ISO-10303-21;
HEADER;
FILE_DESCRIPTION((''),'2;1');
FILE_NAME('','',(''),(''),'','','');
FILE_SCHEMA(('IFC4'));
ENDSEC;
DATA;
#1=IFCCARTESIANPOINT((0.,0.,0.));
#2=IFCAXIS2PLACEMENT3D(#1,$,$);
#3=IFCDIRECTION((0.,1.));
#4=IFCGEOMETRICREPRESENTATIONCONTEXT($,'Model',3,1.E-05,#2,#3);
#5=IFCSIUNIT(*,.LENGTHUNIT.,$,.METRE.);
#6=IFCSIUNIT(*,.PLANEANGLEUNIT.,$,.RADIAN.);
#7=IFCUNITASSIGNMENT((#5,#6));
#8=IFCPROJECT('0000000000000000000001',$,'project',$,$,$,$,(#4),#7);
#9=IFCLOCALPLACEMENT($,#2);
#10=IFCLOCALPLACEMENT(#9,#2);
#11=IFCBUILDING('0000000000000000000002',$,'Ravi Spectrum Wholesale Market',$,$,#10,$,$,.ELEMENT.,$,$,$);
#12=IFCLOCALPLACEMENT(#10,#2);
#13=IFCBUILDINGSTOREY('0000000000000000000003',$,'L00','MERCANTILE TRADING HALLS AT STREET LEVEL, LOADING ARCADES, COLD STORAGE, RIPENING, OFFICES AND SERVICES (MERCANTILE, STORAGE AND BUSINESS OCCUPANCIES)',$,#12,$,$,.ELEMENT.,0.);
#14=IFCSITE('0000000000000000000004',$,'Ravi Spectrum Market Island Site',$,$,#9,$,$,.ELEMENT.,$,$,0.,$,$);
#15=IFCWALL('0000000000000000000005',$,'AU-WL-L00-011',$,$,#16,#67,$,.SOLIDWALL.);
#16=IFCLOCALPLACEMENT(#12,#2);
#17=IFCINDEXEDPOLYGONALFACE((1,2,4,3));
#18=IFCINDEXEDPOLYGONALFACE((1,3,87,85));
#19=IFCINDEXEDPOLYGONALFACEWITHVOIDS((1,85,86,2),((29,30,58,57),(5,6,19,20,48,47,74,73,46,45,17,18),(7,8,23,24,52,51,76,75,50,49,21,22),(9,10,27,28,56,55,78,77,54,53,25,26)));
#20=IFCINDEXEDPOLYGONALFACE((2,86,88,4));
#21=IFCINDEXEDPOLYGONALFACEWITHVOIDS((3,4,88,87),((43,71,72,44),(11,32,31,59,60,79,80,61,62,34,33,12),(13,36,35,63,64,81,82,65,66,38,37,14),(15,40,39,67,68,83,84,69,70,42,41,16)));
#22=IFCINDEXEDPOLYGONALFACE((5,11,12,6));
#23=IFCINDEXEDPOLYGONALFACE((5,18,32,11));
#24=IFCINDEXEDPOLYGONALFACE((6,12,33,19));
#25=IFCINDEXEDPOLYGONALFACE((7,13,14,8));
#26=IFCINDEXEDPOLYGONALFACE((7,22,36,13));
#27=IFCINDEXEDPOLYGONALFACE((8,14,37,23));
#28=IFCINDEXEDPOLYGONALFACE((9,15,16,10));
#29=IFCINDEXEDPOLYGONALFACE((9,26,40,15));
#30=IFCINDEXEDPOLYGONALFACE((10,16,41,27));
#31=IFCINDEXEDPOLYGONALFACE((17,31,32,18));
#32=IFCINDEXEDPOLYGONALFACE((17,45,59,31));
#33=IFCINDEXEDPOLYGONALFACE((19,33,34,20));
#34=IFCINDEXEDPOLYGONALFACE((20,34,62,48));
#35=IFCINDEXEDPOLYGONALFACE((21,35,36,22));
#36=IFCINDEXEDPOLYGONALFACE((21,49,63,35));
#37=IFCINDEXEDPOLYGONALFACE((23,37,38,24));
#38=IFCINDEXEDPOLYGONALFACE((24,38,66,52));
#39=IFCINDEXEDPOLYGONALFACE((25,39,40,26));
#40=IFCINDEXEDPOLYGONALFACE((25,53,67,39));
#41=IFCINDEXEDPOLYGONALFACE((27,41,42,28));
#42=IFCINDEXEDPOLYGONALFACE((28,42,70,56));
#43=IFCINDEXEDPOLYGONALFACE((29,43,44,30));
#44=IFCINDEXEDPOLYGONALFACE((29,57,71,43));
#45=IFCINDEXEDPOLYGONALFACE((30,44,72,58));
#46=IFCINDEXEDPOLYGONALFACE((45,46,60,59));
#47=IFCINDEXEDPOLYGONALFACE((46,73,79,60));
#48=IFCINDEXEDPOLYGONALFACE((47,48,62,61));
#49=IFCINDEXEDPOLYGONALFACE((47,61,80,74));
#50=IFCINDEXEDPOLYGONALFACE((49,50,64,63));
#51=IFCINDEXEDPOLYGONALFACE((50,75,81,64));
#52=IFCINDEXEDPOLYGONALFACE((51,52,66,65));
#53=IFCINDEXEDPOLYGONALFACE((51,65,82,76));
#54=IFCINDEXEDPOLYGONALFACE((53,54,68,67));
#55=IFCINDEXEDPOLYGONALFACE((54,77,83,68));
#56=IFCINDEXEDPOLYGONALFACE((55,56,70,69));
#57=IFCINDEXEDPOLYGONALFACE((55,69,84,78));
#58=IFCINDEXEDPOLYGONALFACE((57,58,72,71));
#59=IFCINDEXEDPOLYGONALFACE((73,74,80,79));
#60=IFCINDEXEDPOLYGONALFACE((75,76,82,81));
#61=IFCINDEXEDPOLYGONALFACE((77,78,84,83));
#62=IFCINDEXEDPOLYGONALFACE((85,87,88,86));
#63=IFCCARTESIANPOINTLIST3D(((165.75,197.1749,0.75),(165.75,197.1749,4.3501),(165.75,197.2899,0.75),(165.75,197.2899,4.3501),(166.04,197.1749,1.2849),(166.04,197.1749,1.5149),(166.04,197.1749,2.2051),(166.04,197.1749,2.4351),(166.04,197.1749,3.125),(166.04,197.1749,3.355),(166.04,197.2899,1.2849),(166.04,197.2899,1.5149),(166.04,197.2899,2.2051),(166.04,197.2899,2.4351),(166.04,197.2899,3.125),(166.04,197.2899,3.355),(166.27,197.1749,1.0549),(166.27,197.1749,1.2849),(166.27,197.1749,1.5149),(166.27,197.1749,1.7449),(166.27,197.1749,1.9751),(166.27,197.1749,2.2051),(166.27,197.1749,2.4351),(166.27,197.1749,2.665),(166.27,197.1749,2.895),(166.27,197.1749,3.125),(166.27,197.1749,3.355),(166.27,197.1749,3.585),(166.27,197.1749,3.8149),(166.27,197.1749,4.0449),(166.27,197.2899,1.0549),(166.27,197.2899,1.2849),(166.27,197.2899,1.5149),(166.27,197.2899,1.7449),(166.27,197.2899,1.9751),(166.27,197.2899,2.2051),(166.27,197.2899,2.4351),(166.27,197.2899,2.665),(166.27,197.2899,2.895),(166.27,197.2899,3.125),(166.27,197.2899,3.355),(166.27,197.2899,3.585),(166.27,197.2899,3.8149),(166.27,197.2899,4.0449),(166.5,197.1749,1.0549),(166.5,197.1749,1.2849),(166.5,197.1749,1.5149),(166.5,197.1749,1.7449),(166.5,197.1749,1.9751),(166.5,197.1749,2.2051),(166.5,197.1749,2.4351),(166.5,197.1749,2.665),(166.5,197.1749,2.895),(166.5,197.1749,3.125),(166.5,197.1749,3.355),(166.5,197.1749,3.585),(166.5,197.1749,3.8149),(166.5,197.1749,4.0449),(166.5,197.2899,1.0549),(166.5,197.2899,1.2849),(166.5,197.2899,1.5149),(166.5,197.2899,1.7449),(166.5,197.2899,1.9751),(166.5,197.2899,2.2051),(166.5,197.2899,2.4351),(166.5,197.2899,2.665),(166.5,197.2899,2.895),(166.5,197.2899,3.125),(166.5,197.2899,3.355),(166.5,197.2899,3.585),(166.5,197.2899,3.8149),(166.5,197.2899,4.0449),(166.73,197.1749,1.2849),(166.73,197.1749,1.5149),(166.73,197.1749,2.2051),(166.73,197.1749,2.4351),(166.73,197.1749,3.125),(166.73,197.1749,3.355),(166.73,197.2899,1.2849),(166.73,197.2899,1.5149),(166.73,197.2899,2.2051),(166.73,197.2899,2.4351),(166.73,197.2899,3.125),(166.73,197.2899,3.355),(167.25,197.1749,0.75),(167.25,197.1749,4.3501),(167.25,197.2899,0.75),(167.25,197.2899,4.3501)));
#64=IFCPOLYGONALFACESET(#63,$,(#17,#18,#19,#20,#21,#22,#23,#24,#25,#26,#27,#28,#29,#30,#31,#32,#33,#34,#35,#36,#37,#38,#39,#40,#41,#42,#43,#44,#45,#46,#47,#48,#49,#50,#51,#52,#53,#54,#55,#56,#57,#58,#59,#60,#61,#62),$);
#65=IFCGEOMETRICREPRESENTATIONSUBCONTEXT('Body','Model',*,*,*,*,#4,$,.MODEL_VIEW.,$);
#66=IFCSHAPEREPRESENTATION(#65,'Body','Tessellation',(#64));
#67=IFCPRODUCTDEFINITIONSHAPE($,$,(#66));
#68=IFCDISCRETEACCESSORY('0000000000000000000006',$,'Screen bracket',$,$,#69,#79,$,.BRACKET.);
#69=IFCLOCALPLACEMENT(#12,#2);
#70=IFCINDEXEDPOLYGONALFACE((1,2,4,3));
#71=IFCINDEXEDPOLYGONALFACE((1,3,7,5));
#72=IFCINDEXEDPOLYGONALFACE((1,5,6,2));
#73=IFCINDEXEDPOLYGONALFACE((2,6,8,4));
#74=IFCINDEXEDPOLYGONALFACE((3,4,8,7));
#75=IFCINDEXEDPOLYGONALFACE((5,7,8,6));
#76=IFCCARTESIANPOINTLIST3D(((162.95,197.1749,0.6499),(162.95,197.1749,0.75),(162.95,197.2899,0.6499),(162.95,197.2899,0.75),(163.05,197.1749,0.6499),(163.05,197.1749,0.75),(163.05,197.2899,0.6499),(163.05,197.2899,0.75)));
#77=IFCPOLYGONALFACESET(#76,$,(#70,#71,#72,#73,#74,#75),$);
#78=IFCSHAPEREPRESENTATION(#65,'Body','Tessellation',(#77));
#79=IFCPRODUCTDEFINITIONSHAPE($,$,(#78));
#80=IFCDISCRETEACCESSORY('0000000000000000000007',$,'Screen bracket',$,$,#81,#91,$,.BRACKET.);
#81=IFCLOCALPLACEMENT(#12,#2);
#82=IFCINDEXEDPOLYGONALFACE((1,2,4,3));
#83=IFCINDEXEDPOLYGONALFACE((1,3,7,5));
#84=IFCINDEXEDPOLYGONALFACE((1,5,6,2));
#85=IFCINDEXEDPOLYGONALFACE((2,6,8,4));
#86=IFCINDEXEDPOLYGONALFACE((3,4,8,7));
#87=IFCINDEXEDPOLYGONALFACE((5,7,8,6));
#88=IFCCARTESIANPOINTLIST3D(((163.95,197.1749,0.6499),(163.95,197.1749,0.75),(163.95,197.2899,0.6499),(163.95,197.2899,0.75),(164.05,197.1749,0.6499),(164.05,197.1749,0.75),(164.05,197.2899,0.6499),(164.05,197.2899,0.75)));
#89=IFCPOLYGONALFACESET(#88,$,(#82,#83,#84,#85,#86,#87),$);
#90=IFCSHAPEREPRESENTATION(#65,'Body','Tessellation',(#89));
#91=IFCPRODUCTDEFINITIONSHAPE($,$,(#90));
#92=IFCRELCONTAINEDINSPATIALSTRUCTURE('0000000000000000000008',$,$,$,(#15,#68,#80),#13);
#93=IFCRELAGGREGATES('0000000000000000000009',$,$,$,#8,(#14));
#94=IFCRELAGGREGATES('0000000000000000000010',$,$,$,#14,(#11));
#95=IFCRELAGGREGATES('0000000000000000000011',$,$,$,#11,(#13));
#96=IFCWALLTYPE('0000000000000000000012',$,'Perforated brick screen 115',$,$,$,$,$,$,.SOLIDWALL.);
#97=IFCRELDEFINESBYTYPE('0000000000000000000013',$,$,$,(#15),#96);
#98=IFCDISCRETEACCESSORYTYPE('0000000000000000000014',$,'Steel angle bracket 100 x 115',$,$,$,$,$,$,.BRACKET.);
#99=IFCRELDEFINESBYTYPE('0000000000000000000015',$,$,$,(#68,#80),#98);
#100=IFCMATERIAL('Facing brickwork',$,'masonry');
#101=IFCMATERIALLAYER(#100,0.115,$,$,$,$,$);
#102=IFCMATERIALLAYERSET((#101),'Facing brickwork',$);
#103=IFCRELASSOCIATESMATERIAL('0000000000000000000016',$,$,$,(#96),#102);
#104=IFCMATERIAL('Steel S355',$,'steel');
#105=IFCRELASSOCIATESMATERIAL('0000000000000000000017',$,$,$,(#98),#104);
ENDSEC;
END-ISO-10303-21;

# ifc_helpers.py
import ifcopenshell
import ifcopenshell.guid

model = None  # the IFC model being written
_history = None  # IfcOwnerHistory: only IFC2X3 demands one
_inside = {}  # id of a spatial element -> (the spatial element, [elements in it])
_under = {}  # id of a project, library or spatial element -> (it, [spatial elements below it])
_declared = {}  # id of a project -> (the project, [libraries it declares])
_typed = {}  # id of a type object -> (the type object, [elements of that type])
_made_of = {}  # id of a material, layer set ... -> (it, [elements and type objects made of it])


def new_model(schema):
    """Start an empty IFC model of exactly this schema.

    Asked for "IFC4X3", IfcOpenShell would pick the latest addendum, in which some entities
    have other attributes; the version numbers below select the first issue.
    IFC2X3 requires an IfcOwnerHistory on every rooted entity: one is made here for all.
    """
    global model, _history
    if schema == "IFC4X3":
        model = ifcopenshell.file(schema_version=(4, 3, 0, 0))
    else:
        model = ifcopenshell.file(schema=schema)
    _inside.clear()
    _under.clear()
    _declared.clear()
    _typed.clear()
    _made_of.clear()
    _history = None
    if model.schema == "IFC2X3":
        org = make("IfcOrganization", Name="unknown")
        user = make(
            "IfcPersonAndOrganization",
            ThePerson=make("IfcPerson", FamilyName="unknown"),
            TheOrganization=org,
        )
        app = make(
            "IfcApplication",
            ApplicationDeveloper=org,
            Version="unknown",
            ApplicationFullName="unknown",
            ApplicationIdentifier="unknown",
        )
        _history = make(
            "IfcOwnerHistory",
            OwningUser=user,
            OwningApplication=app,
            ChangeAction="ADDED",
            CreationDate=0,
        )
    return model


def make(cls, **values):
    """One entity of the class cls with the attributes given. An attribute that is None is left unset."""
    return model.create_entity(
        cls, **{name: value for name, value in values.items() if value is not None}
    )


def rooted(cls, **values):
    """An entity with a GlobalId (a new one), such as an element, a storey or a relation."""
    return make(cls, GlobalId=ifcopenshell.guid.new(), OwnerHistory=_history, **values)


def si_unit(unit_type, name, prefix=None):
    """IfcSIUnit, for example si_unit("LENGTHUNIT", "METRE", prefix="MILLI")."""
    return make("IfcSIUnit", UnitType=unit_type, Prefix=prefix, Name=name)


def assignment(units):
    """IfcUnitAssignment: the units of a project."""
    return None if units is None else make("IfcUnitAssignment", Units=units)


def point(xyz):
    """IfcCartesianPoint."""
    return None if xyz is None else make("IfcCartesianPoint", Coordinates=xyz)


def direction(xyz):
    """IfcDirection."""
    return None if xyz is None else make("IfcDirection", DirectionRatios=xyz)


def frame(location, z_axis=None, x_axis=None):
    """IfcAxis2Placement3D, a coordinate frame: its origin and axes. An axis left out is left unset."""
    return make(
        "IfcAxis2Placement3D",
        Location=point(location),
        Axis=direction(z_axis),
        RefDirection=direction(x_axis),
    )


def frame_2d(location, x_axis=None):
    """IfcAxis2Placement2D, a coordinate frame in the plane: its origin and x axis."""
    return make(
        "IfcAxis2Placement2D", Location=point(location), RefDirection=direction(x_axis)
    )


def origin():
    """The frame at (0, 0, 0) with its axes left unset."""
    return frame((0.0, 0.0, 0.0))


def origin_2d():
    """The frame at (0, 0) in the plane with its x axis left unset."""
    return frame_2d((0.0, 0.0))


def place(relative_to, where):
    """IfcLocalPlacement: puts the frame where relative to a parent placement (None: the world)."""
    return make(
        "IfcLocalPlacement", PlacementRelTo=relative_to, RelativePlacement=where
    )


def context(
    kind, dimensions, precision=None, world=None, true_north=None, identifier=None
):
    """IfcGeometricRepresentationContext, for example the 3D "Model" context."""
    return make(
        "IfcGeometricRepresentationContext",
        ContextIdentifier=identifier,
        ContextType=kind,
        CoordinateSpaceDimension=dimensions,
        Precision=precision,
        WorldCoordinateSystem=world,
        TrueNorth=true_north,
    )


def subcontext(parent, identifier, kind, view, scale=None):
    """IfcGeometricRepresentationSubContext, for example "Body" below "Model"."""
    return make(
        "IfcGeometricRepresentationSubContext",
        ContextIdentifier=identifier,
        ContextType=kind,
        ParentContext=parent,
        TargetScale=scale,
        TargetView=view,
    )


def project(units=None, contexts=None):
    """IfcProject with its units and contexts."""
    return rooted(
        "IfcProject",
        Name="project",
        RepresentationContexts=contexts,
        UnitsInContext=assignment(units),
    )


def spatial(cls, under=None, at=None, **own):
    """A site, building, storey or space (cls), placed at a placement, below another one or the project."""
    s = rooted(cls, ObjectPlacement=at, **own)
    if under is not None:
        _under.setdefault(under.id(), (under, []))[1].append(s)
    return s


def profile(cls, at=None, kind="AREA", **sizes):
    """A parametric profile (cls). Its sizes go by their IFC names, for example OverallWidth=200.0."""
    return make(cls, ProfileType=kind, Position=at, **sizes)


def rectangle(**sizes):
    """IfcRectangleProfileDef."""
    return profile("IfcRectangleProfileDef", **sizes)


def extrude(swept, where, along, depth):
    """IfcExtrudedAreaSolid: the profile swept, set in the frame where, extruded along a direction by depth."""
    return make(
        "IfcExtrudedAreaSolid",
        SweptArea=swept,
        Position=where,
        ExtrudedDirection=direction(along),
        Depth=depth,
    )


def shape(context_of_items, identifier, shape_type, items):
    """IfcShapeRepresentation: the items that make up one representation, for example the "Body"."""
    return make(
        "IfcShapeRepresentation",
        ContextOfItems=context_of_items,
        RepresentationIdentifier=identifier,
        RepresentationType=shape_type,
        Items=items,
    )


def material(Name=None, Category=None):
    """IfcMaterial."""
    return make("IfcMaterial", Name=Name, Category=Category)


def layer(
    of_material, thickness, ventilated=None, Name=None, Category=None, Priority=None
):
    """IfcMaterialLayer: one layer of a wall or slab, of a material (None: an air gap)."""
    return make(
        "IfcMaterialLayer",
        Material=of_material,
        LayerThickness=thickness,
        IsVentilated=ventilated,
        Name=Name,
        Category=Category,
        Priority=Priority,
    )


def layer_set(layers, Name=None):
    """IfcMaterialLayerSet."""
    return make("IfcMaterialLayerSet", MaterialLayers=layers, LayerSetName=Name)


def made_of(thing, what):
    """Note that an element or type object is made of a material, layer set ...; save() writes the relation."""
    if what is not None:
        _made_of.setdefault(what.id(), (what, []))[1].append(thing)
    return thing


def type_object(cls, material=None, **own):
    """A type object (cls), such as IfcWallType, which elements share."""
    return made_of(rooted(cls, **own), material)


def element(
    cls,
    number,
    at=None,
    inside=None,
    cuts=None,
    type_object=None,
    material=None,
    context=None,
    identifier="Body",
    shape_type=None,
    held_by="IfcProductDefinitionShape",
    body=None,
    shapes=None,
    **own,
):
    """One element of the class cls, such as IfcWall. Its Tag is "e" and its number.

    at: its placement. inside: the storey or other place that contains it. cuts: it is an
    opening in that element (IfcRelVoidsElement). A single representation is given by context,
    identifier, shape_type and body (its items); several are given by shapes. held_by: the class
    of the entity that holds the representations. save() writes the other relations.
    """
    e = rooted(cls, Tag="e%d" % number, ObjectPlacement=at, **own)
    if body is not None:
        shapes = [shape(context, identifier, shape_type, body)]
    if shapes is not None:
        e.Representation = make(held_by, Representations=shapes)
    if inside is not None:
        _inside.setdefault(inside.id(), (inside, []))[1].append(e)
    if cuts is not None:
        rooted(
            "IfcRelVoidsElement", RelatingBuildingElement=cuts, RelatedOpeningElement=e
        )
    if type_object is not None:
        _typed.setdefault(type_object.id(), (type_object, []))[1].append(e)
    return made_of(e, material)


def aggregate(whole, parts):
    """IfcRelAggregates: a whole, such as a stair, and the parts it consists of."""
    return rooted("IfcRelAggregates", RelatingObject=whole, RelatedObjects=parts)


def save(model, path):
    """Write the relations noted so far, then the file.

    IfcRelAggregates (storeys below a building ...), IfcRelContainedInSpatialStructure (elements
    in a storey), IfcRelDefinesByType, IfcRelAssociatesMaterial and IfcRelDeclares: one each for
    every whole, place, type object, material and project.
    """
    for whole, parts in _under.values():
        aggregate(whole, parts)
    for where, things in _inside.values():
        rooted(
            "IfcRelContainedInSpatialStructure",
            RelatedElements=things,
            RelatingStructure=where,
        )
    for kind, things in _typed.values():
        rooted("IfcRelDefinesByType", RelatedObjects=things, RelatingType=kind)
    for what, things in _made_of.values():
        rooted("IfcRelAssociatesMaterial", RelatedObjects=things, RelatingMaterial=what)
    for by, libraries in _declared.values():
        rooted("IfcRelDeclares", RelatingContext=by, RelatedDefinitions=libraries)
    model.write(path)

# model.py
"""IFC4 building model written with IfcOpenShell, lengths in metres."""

from ifc_helpers import new_model, si_unit, direction, frame, frame_2d, origin, origin_2d, place, context, subcontext, project, spatial, rectangle, extrude, material, layer, layer_set, type_object, element, save


model = new_model("IFC4")

# Units and contexts
model_context = context("Model", 3, precision=1e-05, world=origin(), true_north=direction((0.0, 1.0)))
body_context = subcontext(model_context, "Body", "Model", "MODEL_VIEW")
ifc_project = project(units=[si_unit("LENGTHUNIT", "METRE"), si_unit("PLANEANGLEUNIT", "RADIAN")], contexts=[model_context])

# Site, building, storey
site_placement = place(None, origin())
site = spatial("IfcSite", under=ifc_project, at=site_placement, Name="Ravi Spectrum Market Island Site", CompositionType="ELEMENT", RefElevation=0.0)
building_placement = place(site_placement, origin())
building = spatial("IfcBuilding", under=site, at=building_placement, Name="Ravi Spectrum Wholesale Market", CompositionType="ELEMENT")
storey_placement = place(building_placement, origin())
storey = spatial("IfcBuildingStorey", under=building, at=storey_placement, Name="L00", Description="MERCANTILE TRADING HALLS AT STREET LEVEL, LOADING ARCADES, COLD STORAGE, RIPENING, OFFICES AND SERVICES (MERCANTILE, STORAGE AND BUSINESS OCCUPANCIES)", CompositionType="ELEMENT", Elevation=0.0)

# Wall, openings
ifc_material_1 = material(Name="Facing brickwork", Category="masonry")
ifc_layer = layer(ifc_material_1, 0.115)
ifc_layer_set = layer_set([ifc_layer], Name="Facing brickwork")
wall_type = type_object("IfcWallType", Name="Perforated brick screen 115", PredefinedType="SOLIDWALL", material=ifc_layer_set)
wall_1_placement = place(storey_placement, frame((165.75, 197.2324, 0.75), z_axis=(0.0, 0.0, 1.0), x_axis=(1.0, 0.0, 0.0)))
wall_1 = element("IfcWall", 1, at=wall_1_placement, inside=storey, type_object=wall_type, Name="AU-WL-L00-011", PredefinedType="SOLIDWALL", context=body_context, shape_type="SweptSolid", body=[
    extrude(rectangle(XDim=1.5, YDim=0.115, at=frame_2d((0.75, 0.0))), origin(), (0.0, 0.0, 1.0), 3.6001),
])
opening_1_placement = place(wall_1_placement, frame((0.52, 0.0, 0.3049)))
element("IfcOpeningElement", 2, at=opening_1_placement, cuts=wall_1, PredefinedType="OPENING", context=body_context, shape_type="SweptSolid", body=[
    extrude(rectangle(XDim=0.23, YDim=0.23, at=frame_2d((0.115, 0.115))), frame((0.0, 0.0674, 0.0), z_axis=(0.0, -1.0, 0.0), x_axis=(1.0, 0.0, 0.0)), (0.0, 0.0, 1.0), 0.135),
])
opening_2_placement = place(wall_1_placement, frame((0.29, 0.0, 0.5349)))
element("IfcOpeningElement", 3, at=opening_2_placement, cuts=wall_1, PredefinedType="OPENING", context=body_context, shape_type="SweptSolid", body=[
    extrude(rectangle(XDim=0.23, YDim=0.23, at=frame_2d((0.115, 0.115))), frame((0.0, 0.0674, 0.0), z_axis=(0.0, -1.0, 0.0), x_axis=(1.0, 0.0, 0.0)), (0.0, 0.0, 1.0), 0.135),
])
opening_3_placement = place(wall_1_placement, frame((0.52, 0.0, 0.5349)))
element("IfcOpeningElement", 4, at=opening_3_placement, cuts=wall_1, PredefinedType="OPENING", context=body_context, shape_type="SweptSolid", body=[
    extrude(rectangle(XDim=0.23, YDim=0.23, at=frame_2d((0.115, 0.115))), frame((0.0, 0.0674, 0.0), z_axis=(0.0, -1.0, 0.0), x_axis=(1.0, 0.0, 0.0)), (0.0, 0.0, 1.0), 0.135),
])
opening_4_placement = place(wall_1_placement, frame((0.75, 0.0, 0.5349)))
element("IfcOpeningElement", 5, at=opening_4_placement, cuts=wall_1, PredefinedType="OPENING", context=body_context, shape_type="SweptSolid", body=[
    extrude(rectangle(XDim=0.23, YDim=0.23, at=frame_2d((0.115, 0.115))), frame((0.0, 0.0674, 0.0), z_axis=(0.0, -1.0, 0.0), x_axis=(1.0, 0.0, 0.0)), (0.0, 0.0, 1.0), 0.135),
])
opening_5_placement = place(wall_1_placement, frame((0.52, 0.0, 0.7649)))
element("IfcOpeningElement", 6, at=opening_5_placement, cuts=wall_1, PredefinedType="OPENING", context=body_context, shape_type="SweptSolid", body=[
    extrude(rectangle(XDim=0.23, YDim=0.23, at=frame_2d((0.115, 0.115))), frame((0.0, 0.0674, 0.0), z_axis=(0.0, -1.0, 0.0), x_axis=(1.0, 0.0, 0.0)), (0.0, 0.0, 1.0), 0.135),
])
opening_6_placement = place(wall_1_placement, frame((0.52, 0.0, 1.2251)))
element("IfcOpeningElement", 7, at=opening_6_placement, cuts=wall_1, PredefinedType="OPENING", context=body_context, shape_type="SweptSolid", body=[
    extrude(rectangle(XDim=0.23, YDim=0.23, at=frame_2d((0.115, 0.115))), frame((0.0, 0.0674, 0.0), z_axis=(0.0, -1.0, 0.0), x_axis=(1.0, 0.0, 0.0)), (0.0, 0.0, 1.0), 0.135),
])
opening_7_placement = place(wall_1_placement, frame((0.29, 0.0, 1.4551)))
element("IfcOpeningElement", 8, at=opening_7_placement, cuts=wall_1, PredefinedType="OPENING", context=body_context, shape_type="SweptSolid", body=[
    extrude(rectangle(XDim=0.23, YDim=0.23, at=frame_2d((0.115, 0.115))), frame((0.0, 0.0674, 0.0), z_axis=(0.0, -1.0, 0.0), x_axis=(1.0, 0.0, 0.0)), (0.0, 0.0, 1.0), 0.135),
])
opening_8_placement = place(wall_1_placement, frame((0.52, 0.0, 1.4551)))
element("IfcOpeningElement", 9, at=opening_8_placement, cuts=wall_1, PredefinedType="OPENING", context=body_context, shape_type="SweptSolid", body=[
    extrude(rectangle(XDim=0.23, YDim=0.23, at=frame_2d((0.115, 0.115))), frame((0.0, 0.0674, 0.0), z_axis=(0.0, -1.0, 0.0), x_axis=(1.0, 0.0, 0.0)), (0.0, 0.0, 1.0), 0.135),
])
opening_9_placement = place(wall_1_placement, frame((0.75, 0.0, 1.4551)))
element("IfcOpeningElement", 10, at=opening_9_placement, cuts=wall_1, PredefinedType="OPENING", context=body_context, shape_type="SweptSolid", body=[
    extrude(rectangle(XDim=0.23, YDim=0.23, at=frame_2d((0.115, 0.115))), frame((0.0, 0.0674, 0.0), z_axis=(0.0, -1.0, 0.0), x_axis=(1.0, 0.0, 0.0)), (0.0, 0.0, 1.0), 0.135),
])
opening_10_placement = place(wall_1_placement, frame((0.52, 0.0, 1.6851)))
element("IfcOpeningElement", 11, at=opening_10_placement, cuts=wall_1, PredefinedType="OPENING", context=body_context, shape_type="SweptSolid", body=[
    extrude(rectangle(XDim=0.23, YDim=0.23, at=frame_2d((0.115, 0.115))), frame((0.0, 0.0674, 0.0), z_axis=(0.0, -1.0, 0.0), x_axis=(1.0, 0.0, 0.0)), (0.0, 0.0, 1.0), 0.135),
])
opening_11_placement = place(wall_1_placement, frame((0.52, 0.0, 2.145)))
element("IfcOpeningElement", 12, at=opening_11_placement, cuts=wall_1, PredefinedType="OPENING", context=body_context, shape_type="SweptSolid", body=[
    extrude(rectangle(XDim=0.23, YDim=0.23, at=frame_2d((0.115, 0.115))), frame((0.0, 0.0674, 0.0), z_axis=(0.0, -1.0, 0.0), x_axis=(1.0, 0.0, 0.0)), (0.0, 0.0, 1.0), 0.135),
])
opening_12_placement = place(wall_1_placement, frame((0.29, 0.0, 2.375)))
element("IfcOpeningElement", 13, at=opening_12_placement, cuts=wall_1, PredefinedType="OPENING", context=body_context, shape_type="SweptSolid", body=[
    extrude(rectangle(XDim=0.23, YDim=0.23, at=frame_2d((0.115, 0.115))), frame((0.0, 0.0674, 0.0), z_axis=(0.0, -1.0, 0.0), x_axis=(1.0, 0.0, 0.0)), (0.0, 0.0, 1.0), 0.135),
])
opening_13_placement = place(wall_1_placement, frame((0.52, 0.0, 2.375)))
element("IfcOpeningElement", 14, at=opening_13_placement, cuts=wall_1, PredefinedType="OPENING", context=body_context, shape_type="SweptSolid", body=[
    extrude(rectangle(XDim=0.23, YDim=0.23, at=frame_2d((0.115, 0.115))), frame((0.0, 0.0674, 0.0), z_axis=(0.0, -1.0, 0.0), x_axis=(1.0, 0.0, 0.0)), (0.0, 0.0, 1.0), 0.135),
])
opening_14_placement = place(wall_1_placement, frame((0.75, 0.0, 2.375)))
element("IfcOpeningElement", 15, at=opening_14_placement, cuts=wall_1, PredefinedType="OPENING", context=body_context, shape_type="SweptSolid", body=[
    extrude(rectangle(XDim=0.23, YDim=0.23, at=frame_2d((0.115, 0.115))), frame((0.0, 0.0674, 0.0), z_axis=(0.0, -1.0, 0.0), x_axis=(1.0, 0.0, 0.0)), (0.0, 0.0, 1.0), 0.135),
])
opening_15_placement = place(wall_1_placement, frame((0.52, 0.0, 2.605)))
element("IfcOpeningElement", 16, at=opening_15_placement, cuts=wall_1, PredefinedType="OPENING", context=body_context, shape_type="SweptSolid", body=[
    extrude(rectangle(XDim=0.23, YDim=0.23, at=frame_2d((0.115, 0.115))), frame((0.0, 0.0674, 0.0), z_axis=(0.0, -1.0, 0.0), x_axis=(1.0, 0.0, 0.0)), (0.0, 0.0, 1.0), 0.135),
])
opening_16_placement = place(wall_1_placement, frame((0.52, 0.0, 3.0649)))
element("IfcOpeningElement", 17, at=opening_16_placement, cuts=wall_1, PredefinedType="OPENING", context=body_context, shape_type="SweptSolid", body=[
    extrude(rectangle(XDim=0.23, YDim=0.23, at=frame_2d((0.115, 0.115))), frame((0.0, 0.0674, 0.0), z_axis=(0.0, -1.0, 0.0), x_axis=(1.0, 0.0, 0.0)), (0.0, 0.0, 1.0), 0.135),
])

# Discrete accessories
ifc_material_2 = material(Name="Steel S355", Category="steel")
discrete_accessory_type = type_object("IfcDiscreteAccessoryType", Name="Steel angle bracket 100 x 115", PredefinedType="BRACKET", material=ifc_material_2)
for number, where, z_axis, x_axis, name in (
    (18, (163.0, 197.2324, 0.6499), (0.0, 0.0, 1.0), (1.0, 0.0, 0.0), "Screen bracket"),
    (19, (164.0, 197.2324, 0.6499), (0.0, 0.0, 1.0), (1.0, 0.0, 0.0), "Screen bracket"),
):
    element("IfcDiscreteAccessory", number, at=place(storey_placement, frame(where, z_axis=z_axis, x_axis=x_axis)), inside=storey, type_object=discrete_accessory_type, Name=name, PredefinedType="BRACKET", context=body_context, shape_type="SweptSolid", body=[
        extrude(rectangle(XDim=0.1001, YDim=0.115, at=origin_2d()), origin(), (0.0, 0.0, 1.0), 0.1001),
    ])

save(model, "model.ifc")
